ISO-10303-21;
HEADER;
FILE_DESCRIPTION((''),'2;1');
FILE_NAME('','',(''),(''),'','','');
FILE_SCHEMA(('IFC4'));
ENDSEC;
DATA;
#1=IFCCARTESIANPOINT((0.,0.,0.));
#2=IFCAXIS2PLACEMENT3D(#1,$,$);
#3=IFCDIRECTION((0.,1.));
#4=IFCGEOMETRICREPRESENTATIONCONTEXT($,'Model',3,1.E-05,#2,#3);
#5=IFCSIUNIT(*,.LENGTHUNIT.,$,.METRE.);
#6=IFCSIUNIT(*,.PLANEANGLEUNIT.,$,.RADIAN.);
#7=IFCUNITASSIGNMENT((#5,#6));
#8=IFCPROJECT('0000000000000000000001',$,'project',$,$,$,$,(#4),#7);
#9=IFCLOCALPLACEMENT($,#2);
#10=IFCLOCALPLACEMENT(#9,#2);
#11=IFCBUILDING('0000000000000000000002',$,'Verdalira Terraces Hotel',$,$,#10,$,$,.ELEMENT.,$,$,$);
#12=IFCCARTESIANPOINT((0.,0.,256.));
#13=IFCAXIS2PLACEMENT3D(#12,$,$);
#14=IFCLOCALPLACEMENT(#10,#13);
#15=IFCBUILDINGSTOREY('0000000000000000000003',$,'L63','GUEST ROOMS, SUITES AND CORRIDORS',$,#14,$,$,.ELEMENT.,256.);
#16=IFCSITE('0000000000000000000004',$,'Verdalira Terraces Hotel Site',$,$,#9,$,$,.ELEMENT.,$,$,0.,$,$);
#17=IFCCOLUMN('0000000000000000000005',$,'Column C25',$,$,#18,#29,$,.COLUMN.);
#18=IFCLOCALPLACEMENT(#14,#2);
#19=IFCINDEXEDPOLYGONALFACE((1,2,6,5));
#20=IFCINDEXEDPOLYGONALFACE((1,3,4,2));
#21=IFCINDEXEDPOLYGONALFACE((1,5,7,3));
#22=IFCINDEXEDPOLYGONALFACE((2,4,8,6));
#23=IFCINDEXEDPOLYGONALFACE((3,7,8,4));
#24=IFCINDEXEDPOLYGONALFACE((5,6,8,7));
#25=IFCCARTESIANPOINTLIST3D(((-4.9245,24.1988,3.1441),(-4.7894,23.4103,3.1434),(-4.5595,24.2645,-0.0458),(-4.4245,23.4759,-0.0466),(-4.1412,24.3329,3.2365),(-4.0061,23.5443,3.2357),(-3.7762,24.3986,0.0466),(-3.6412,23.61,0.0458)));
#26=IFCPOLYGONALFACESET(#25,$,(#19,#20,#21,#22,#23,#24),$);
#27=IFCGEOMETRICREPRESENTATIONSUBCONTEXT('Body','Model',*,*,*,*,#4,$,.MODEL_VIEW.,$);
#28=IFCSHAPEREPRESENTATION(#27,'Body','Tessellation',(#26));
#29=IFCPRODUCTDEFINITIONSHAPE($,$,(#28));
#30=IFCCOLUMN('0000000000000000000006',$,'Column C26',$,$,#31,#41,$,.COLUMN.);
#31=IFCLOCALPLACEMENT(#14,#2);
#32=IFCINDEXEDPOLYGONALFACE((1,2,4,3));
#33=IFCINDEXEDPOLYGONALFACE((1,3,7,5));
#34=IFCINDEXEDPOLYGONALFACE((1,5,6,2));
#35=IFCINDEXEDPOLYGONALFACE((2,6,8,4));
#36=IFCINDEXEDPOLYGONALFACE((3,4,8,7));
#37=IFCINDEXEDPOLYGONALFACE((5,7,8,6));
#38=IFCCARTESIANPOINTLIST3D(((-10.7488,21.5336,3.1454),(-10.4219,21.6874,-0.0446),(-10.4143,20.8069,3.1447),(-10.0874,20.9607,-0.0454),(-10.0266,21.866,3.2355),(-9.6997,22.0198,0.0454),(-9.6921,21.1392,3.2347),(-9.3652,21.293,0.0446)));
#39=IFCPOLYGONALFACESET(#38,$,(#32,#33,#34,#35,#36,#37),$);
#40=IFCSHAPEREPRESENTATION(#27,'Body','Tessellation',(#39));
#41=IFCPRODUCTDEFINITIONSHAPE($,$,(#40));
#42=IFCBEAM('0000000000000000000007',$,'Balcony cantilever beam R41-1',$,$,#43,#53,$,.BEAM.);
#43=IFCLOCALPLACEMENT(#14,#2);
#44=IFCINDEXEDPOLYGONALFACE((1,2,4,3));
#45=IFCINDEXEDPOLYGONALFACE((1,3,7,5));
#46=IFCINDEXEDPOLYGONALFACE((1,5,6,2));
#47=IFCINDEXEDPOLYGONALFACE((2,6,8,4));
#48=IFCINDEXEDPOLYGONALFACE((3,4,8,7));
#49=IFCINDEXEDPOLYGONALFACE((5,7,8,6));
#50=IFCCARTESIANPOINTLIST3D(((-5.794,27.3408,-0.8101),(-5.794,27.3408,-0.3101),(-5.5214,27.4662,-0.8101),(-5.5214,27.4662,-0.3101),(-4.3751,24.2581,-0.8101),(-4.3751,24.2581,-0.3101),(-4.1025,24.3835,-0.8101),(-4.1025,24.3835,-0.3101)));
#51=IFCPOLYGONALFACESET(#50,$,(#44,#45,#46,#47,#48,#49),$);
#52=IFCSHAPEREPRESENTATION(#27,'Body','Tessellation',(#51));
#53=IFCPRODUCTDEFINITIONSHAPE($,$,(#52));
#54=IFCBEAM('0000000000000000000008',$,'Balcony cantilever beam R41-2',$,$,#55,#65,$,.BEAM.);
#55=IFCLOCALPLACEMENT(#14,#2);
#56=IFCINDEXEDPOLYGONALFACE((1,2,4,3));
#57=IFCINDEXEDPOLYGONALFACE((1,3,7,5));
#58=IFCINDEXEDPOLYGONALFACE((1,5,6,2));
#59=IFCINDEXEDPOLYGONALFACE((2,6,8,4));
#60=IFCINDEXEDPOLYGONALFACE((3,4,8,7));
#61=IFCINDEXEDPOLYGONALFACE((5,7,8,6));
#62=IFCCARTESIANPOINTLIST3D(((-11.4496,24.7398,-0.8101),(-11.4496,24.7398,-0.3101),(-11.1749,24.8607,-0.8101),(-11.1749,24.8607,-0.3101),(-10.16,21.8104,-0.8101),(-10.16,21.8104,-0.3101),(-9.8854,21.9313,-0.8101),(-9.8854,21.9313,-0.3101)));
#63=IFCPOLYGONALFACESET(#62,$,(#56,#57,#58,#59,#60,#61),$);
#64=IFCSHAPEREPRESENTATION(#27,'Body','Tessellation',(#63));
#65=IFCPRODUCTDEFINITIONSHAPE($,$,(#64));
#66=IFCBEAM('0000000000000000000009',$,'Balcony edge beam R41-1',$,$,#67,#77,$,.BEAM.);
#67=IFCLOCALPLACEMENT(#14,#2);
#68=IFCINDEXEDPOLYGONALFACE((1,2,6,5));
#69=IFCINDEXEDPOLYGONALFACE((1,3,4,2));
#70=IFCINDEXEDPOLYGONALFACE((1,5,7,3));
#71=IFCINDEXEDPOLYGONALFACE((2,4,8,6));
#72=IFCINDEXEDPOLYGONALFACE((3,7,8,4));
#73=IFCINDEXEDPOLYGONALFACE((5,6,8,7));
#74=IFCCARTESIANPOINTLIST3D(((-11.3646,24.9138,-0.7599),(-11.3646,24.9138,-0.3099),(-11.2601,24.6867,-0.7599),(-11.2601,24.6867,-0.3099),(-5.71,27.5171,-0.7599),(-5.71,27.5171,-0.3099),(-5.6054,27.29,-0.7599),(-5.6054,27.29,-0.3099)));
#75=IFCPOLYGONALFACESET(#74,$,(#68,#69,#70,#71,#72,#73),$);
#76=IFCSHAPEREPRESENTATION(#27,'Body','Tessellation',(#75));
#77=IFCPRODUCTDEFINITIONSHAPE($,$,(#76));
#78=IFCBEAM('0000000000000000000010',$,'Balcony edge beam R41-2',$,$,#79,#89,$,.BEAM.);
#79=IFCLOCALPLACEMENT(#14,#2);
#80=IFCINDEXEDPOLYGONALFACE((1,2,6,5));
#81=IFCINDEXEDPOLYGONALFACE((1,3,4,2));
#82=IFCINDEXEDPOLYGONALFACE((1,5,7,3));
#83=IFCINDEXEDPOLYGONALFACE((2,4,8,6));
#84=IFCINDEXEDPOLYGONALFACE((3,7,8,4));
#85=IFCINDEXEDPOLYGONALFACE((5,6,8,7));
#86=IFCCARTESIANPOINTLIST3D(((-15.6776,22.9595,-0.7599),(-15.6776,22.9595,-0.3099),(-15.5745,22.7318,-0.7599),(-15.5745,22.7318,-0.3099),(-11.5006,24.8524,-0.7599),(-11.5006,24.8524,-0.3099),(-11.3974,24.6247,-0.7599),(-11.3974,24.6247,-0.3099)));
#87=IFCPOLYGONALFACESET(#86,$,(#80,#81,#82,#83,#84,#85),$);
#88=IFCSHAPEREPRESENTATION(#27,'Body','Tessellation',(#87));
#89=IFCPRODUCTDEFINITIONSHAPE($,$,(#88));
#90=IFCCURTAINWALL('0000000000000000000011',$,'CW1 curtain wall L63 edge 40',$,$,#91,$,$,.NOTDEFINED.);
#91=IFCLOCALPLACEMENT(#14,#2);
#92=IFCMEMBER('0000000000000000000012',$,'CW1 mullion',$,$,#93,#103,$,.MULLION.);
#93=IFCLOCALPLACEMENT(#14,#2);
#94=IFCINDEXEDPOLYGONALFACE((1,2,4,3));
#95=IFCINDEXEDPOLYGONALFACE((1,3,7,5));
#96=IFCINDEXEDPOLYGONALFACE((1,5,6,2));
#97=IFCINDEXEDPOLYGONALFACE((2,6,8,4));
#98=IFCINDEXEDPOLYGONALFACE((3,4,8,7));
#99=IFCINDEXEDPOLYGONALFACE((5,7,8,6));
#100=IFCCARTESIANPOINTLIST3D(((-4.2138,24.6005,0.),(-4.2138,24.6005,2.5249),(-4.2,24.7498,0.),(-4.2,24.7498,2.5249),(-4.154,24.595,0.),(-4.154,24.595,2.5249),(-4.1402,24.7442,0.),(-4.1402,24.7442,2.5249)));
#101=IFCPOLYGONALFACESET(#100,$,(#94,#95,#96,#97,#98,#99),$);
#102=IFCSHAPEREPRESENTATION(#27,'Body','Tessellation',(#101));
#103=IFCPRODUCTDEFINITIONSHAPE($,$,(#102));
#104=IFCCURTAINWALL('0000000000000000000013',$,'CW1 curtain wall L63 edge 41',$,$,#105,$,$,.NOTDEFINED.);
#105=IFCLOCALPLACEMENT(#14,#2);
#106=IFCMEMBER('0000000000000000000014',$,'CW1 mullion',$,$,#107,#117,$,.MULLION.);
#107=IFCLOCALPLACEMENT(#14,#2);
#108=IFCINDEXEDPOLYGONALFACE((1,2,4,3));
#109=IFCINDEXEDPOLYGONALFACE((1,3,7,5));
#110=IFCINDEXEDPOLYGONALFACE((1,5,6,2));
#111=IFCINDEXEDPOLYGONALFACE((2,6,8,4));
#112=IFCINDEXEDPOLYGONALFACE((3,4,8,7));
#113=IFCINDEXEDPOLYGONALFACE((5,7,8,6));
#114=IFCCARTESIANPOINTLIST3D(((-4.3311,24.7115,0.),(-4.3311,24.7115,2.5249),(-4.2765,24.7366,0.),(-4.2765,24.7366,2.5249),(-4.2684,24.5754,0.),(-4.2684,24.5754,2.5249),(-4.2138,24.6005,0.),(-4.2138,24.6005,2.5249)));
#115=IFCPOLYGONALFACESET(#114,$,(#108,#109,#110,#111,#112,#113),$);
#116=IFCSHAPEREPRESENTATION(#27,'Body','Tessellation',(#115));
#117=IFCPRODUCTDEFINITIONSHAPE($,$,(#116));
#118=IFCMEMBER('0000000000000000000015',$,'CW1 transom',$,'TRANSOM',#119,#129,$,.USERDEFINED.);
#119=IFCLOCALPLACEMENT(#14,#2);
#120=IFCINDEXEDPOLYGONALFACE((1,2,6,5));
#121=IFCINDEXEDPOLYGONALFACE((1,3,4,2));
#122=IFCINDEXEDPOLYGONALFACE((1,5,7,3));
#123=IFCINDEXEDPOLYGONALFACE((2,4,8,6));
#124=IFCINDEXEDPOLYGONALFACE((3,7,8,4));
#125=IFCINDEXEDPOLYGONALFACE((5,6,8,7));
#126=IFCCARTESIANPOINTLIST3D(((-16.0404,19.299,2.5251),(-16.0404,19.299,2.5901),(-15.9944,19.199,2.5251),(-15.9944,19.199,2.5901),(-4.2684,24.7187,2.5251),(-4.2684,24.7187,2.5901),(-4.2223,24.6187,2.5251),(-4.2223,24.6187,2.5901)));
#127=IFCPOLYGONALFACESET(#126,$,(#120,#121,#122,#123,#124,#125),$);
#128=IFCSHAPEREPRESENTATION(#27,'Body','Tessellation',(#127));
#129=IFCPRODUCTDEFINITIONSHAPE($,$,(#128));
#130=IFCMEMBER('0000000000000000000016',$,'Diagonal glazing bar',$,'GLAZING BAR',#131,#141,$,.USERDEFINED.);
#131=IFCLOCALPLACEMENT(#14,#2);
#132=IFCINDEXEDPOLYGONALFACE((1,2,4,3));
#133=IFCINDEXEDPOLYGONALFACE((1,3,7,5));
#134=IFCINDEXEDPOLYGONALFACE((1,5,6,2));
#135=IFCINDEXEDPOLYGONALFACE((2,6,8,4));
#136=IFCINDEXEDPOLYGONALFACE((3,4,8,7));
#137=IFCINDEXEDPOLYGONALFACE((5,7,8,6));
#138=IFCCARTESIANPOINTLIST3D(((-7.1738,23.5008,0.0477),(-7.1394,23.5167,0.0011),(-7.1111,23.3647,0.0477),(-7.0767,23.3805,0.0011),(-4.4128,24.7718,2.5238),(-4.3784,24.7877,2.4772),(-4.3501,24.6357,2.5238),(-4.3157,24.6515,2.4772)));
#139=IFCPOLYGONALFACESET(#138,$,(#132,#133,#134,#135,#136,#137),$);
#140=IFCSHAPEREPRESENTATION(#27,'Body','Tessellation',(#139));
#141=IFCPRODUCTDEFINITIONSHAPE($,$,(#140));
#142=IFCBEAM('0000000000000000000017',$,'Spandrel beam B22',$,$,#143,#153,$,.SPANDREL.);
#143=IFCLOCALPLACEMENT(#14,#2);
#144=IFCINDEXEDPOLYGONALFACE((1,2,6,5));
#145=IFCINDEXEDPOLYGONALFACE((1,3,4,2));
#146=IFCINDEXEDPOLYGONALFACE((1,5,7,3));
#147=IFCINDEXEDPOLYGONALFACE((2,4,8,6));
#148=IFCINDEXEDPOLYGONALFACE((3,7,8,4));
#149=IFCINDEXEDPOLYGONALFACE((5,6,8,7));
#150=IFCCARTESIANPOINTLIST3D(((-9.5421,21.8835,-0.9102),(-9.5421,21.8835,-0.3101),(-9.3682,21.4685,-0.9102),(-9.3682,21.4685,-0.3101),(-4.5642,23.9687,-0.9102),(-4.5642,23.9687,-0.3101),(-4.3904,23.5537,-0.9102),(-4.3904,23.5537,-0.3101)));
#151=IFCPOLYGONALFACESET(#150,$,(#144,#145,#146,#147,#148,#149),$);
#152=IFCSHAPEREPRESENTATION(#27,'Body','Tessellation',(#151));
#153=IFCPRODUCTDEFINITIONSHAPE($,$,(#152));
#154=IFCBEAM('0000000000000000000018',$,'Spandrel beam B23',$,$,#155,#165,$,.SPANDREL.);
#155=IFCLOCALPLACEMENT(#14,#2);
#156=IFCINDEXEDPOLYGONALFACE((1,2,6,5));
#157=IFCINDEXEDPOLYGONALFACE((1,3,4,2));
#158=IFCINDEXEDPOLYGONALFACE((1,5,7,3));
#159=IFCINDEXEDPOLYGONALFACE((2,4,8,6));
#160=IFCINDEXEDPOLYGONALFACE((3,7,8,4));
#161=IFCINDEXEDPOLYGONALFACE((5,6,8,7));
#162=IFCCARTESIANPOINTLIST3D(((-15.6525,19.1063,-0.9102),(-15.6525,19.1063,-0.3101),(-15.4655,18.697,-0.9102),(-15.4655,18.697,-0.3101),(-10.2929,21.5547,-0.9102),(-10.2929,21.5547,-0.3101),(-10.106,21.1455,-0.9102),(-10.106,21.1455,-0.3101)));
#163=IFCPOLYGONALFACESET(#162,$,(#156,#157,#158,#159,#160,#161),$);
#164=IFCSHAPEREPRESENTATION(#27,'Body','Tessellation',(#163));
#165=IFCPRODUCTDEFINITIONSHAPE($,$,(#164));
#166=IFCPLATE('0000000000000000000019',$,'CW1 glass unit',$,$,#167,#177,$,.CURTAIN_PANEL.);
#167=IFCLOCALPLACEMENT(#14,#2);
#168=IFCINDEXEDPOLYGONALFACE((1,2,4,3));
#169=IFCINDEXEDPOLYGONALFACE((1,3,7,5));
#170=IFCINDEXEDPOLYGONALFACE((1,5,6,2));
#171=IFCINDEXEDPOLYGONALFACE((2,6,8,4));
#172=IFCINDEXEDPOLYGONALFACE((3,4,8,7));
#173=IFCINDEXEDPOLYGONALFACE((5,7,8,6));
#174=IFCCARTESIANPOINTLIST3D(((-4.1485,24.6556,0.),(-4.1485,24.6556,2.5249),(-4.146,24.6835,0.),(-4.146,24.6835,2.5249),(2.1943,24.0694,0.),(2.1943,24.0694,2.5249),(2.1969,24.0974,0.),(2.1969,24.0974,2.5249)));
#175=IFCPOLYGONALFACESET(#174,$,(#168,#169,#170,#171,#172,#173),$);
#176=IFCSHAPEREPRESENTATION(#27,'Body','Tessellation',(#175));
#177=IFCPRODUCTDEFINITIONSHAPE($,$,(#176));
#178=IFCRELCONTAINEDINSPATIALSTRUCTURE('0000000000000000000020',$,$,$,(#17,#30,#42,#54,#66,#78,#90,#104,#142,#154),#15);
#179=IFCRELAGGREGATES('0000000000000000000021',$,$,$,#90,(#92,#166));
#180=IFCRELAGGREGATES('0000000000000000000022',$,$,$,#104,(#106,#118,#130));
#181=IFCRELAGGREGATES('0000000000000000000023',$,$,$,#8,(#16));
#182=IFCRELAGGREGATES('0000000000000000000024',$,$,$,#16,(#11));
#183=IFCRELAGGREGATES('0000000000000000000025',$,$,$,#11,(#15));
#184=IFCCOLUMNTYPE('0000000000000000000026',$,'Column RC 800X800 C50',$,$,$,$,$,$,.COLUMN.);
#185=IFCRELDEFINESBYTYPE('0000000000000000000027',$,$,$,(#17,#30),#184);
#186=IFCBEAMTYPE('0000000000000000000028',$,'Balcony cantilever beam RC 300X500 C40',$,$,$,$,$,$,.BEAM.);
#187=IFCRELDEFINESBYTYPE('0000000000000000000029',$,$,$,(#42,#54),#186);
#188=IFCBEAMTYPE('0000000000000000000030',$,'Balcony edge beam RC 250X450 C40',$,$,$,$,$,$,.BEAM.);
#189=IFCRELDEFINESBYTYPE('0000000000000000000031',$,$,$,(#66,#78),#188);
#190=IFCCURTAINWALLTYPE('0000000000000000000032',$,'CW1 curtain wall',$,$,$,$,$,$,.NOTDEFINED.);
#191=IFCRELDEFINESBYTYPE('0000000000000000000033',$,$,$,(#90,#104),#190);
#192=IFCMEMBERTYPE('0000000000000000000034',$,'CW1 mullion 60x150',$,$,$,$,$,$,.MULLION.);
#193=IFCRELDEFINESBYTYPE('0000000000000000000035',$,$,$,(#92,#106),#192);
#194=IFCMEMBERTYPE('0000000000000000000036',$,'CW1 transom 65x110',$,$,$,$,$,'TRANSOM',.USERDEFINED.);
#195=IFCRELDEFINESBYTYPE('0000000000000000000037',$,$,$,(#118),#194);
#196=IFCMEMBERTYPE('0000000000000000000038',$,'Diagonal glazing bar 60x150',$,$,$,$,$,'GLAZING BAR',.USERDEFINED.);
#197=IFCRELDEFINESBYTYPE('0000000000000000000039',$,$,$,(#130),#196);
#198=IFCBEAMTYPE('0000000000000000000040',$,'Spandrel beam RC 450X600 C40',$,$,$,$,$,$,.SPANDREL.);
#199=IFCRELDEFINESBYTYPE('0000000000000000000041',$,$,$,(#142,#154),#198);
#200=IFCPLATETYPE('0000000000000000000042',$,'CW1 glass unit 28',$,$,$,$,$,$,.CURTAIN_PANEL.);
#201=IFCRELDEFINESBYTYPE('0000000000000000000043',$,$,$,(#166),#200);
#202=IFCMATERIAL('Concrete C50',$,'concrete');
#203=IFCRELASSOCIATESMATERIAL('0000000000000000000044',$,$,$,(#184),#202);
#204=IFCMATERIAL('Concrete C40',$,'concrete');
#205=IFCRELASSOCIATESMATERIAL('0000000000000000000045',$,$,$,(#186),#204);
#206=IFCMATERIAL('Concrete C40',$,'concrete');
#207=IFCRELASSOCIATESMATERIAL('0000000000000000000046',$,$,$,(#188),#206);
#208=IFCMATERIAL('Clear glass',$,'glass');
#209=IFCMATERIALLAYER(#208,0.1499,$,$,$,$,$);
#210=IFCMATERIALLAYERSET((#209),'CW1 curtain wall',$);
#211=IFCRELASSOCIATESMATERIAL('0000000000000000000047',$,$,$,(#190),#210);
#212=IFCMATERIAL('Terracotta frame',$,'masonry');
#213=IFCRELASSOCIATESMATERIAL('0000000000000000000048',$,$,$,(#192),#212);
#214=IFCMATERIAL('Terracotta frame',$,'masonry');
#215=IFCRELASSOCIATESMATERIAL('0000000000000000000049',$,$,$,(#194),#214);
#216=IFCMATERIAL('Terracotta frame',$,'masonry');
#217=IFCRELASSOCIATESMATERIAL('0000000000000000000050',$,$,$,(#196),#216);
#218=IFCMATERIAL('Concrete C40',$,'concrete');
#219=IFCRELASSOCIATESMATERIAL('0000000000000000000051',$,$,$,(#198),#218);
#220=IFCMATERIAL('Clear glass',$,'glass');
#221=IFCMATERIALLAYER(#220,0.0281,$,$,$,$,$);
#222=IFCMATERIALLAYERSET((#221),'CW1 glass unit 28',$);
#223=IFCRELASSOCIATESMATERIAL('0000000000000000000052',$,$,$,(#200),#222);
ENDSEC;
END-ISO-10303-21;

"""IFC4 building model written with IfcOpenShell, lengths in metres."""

from ifc_helpers import new_model, si_unit, direction, frame, origin, origin_2d, place, context, subcontext, project, spatial, rectangle, extrude, material, layer, layer_set, material_profile, profile_set, type_object, element, aggregate, save


model = new_model("IFC4")

# Units and contexts
model_context = context("Model", 3, precision=1e-05, world=origin(), true_north=direction((0.0, 1.0)))
body_context = subcontext(model_context, "Body", "Model", "MODEL_VIEW")
ifc_project = project(units=[si_unit("LENGTHUNIT", "METRE"), si_unit("PLANEANGLEUNIT", "RADIAN")], contexts=[model_context])

# Site, building, storey
site_placement = place(None, origin())
site = spatial("IfcSite", under=ifc_project, at=site_placement, Name="Verdalira Terraces Hotel Site", CompositionType="ELEMENT", RefElevation=0.0)
building_placement = place(site_placement, origin())
building = spatial("IfcBuilding", under=site, at=building_placement, Name="Verdalira Terraces Hotel", CompositionType="ELEMENT")
storey_placement = place(building_placement, frame((0.0, 0.0, 256.0)))
storey = spatial("IfcBuildingStorey", under=building, at=storey_placement, Name="L63", Description="GUEST ROOMS, SUITES AND CORRIDORS", CompositionType="ELEMENT", Elevation=256.0)

# Columns
ifc_material_1 = material(Name="Concrete C50", Category="concrete")
ifc_material_profile_1 = material_profile(ifc_material_1, rectangle(XDim=0.8, YDim=0.8, at=origin_2d()), Name="RC 800X800")
ifc_profile_set_1 = profile_set([ifc_material_profile_1], Name="Concrete C50")
column_type = type_object("IfcColumnType", Name="Column RC 800X800 C50", PredefinedType="COLUMN", material=ifc_profile_set_1)
column_1_placement = place(storey_placement, frame((-4.1003, 23.9373, 0.0), z_axis=(-0.113654, -0.02045, 0.99331), x_axis=(0.979069, 0.167598, 0.115475)))
element("IfcColumn", 1, at=column_1_placement, inside=storey, type_object=column_type, Name="Column C25", PredefinedType="COLUMN", context=body_context, shape_type="SweptSolid", body=[
    extrude(rectangle(XDim=0.8, YDim=0.8, at=origin_2d()), origin(), (0.0, 0.0, 1.0), 3.2114),
])
column_2_placement = place(storey_placement, frame((-9.8936, 21.4902, 0.0), z_axis=(-0.101829, -0.04791, 0.993648), x_axis=(-0.902659, -0.415383, -0.112533)))
element("IfcColumn", 2, at=column_2_placement, inside=storey, type_object=column_type, Name="Column C26", PredefinedType="COLUMN", context=body_context, shape_type="SweptSolid", body=[
    extrude(rectangle(XDim=0.8, YDim=0.8, at=origin_2d()), origin(), (0.0, 0.0, 1.0), 3.2104),
])

# Beams
ifc_material_2 = material(Name="Concrete C40", Category="concrete")
ifc_material_profile_2 = material_profile(ifc_material_2, rectangle(XDim=0.3, YDim=0.5, at=origin_2d()), Name="RC 300X500")
ifc_profile_set_2 = profile_set([ifc_material_profile_2], Name="Concrete C40")
beam_type_1 = type_object("IfcBeamType", Name="Balcony cantilever beam RC 300X500 C40", PredefinedType="BEAM", material=ifc_profile_set_2)
beam_1_placement = place(storey_placement, frame((-4.2388, 24.3208, -0.5601), z_axis=(-0.418118, 0.908393, 0.0), x_axis=(-0.908393, -0.418118, 0.0)))
element("IfcBeam", 3, at=beam_1_placement, inside=storey, type_object=beam_type_1, Name="Balcony cantilever beam R41-1", PredefinedType="BEAM", context=body_context, shape_type="SweptSolid", body=[
    extrude(rectangle(XDim=0.3, YDim=0.5, at=origin_2d()), origin(), (0.0, 0.0, 1.0), 3.3936),
])
beam_2_placement = place(storey_placement, frame((-10.0227, 21.8709, -0.5601), z_axis=(-0.402895, 0.915246, 0.0), x_axis=(-0.915246, -0.402895, 0.0)))
element("IfcBeam", 4, at=beam_2_placement, inside=storey, type_object=beam_type_1, Name="Balcony cantilever beam R41-2", PredefinedType="BEAM", context=body_context, shape_type="SweptSolid", body=[
    extrude(rectangle(XDim=0.3, YDim=0.5, at=origin_2d()), origin(), (0.0, 0.0, 1.0), 3.2007),
])
ifc_material_3 = material(Name="Concrete C40", Category="concrete")
ifc_material_profile_3 = material_profile(ifc_material_3, rectangle(XDim=0.25, YDim=0.45, at=origin_2d()), Name="RC 250X450")
ifc_profile_set_3 = profile_set([ifc_material_profile_3], Name="Concrete C40")
beam_type_2 = type_object("IfcBeamType", Name="Balcony edge beam RC 250X450 C40", PredefinedType="BEAM", material=ifc_profile_set_3)
beam_3_placement = place(storey_placement, frame((-5.6577, 27.4036, -0.5349), z_axis=(-0.908357, -0.418195, 0.0), x_axis=(0.418195, -0.908357, 0.0)))
element("IfcBeam", 5, at=beam_3_placement, inside=storey, type_object=beam_type_2, Name="Balcony edge beam R41-1", PredefinedType="BEAM", context=body_context, shape_type="SweptSolid", body=[
    extrude(rectangle(XDim=0.25, YDim=0.45, at=origin_2d()), origin(), (0.0, 0.0, 1.0), 6.2251),
])
beam_4_placement = place(storey_placement, frame((-11.449, 24.7385, -0.5349), z_axis=(-0.910844, -0.412752, 0.0), x_axis=(0.412752, -0.910844, 0.0)))
element("IfcBeam", 6, at=beam_4_placement, inside=storey, type_object=beam_type_2, Name="Balcony edge beam R41-2", PredefinedType="BEAM", context=body_context, shape_type="SweptSolid", body=[
    extrude(rectangle(XDim=0.25, YDim=0.45, at=origin_2d()), origin(), (0.0, 0.0, 1.0), 4.5859),
])

# Curtain wall, member
ifc_material_4 = material(Name="Clear glass", Category="glass")
ifc_layer_1 = layer(ifc_material_4, 0.1499)
ifc_layer_set_1 = layer_set([ifc_layer_1], Name="CW1 curtain wall")
curtain_wall_type_1 = type_object("IfcCurtainWallType", Name="CW1 curtain wall", PredefinedType="NOTDEFINED", material=ifc_layer_set_1)
curtain_wall_1_placement = place(storey_placement, origin())
curtain_wall_1 = element("IfcCurtainWall", 7, at=curtain_wall_1_placement, inside=storey, type_object=curtain_wall_type_1, Name="CW1 curtain wall L63 edge 40", PredefinedType="NOTDEFINED")
ifc_material_5 = material(Name="Terracotta frame", Category="masonry")
ifc_material_profile_4 = material_profile(ifc_material_5, rectangle(XDim=0.0601, YDim=0.1499, at=origin_2d()), Name="MU 60x150")
ifc_profile_set_4 = profile_set([ifc_material_profile_4], Name="Terracotta frame")
member_type_1 = type_object("IfcMemberType", Name="CW1 mullion 60x150", PredefinedType="MULLION", material=ifc_profile_set_4)
member_1_placement = place(storey_placement, frame((-4.177, 24.6724, 0.0), z_axis=(0.0, 0.0, 1.0), x_axis=(-0.995757, 0.092023, 0.0)))
member_1 = element("IfcMember", 8, at=member_1_placement, type_object=member_type_1, Name="CW1 mullion", PredefinedType="MULLION", context=body_context, shape_type="SweptSolid", body=[
    extrude(rectangle(XDim=0.0601, YDim=0.1499, at=origin_2d()), origin(), (0.0, 0.0, 1.0), 2.5249),
])

# Curtain wall, members
curtain_wall_2_placement = place(storey_placement, origin())
curtain_wall_2 = element("IfcCurtainWall", 9, at=curtain_wall_2_placement, inside=storey, type_object=curtain_wall_type_1, Name="CW1 curtain wall L63 edge 41", PredefinedType="NOTDEFINED")
member_2_placement = place(storey_placement, frame((-4.2725, 24.656, 0.0), z_axis=(0.0, 0.0, 1.0), x_axis=(-0.908362, -0.418184, 0.0)))
member_2 = element("IfcMember", 10, at=member_2_placement, type_object=member_type_1, Name="CW1 mullion", PredefinedType="MULLION", context=body_context, shape_type="SweptSolid", body=[
    extrude(rectangle(XDim=0.0601, YDim=0.1499, at=origin_2d()), origin(), (0.0, 0.0, 1.0), 2.5249),
])
ifc_material_6 = material(Name="Terracotta frame", Category="masonry")
ifc_material_profile_5 = material_profile(ifc_material_6, rectangle(XDim=0.1101, YDim=0.0649, at=origin_2d()), Name="TR 65x110")
ifc_profile_set_5 = profile_set([ifc_material_profile_5], Name="Terracotta frame")
member_type_2 = type_object("IfcMemberType", Name="CW1 transom 65x110", ElementType="TRANSOM", PredefinedType="USERDEFINED", material=ifc_profile_set_5)
member_3_placement = place(storey_placement, frame((-4.2454, 24.6687, 2.5576), z_axis=(-0.908357, -0.418197, 0.0), x_axis=(0.418197, -0.908357, 0.0)))
member_3 = element("IfcMember", 11, at=member_3_placement, type_object=member_type_2, Name="CW1 transom", ObjectType="TRANSOM", PredefinedType="USERDEFINED", context=body_context, shape_type="SweptSolid", body=[
    extrude(rectangle(XDim=0.1101, YDim=0.0649, at=origin_2d()), origin(), (0.0, 0.0, 1.0), 12.9597),
])
ifc_material_7 = material(Name="Terracotta frame", Category="masonry")
ifc_material_profile_6 = material_profile(ifc_material_7, rectangle(XDim=0.1499, YDim=0.0601, at=origin_2d()), Name="GB 60x150")
ifc_profile_set_6 = profile_set([ifc_material_profile_6], Name="Terracotta frame")
member_type_3 = type_object("IfcMemberType", Name="Diagonal glazing bar 60x150", ElementType="GLAZING BAR", PredefinedType="USERDEFINED", material=ifc_profile_set_6)
member_4_placement = place(storey_placement, frame((-4.3643, 24.7117, 2.5005), z_axis=(-0.704264, -0.324202, -0.63159), x_axis=(0.418161, -0.908373, 0.0)))
member_4 = element("IfcMember", 12, at=member_4_placement, type_object=member_type_3, Name="Diagonal glazing bar", ObjectType="GLAZING BAR", PredefinedType="USERDEFINED", context=body_context, shape_type="SweptSolid", body=[
    extrude(rectangle(XDim=0.1499, YDim=0.0601, at=origin_2d()), origin(), (0.0, 0.0, 1.0), 3.9204),
])

# Beams
ifc_material_8 = material(Name="Concrete C40", Category="concrete")
ifc_material_profile_7 = material_profile(ifc_material_8, rectangle(XDim=0.45, YDim=0.6001, at=origin_2d()), Name="RC 450X600")
ifc_profile_set_7 = profile_set([ifc_material_profile_7], Name="Concrete C40")
beam_type_3 = type_object("IfcBeamType", Name="Spandrel beam RC 450X600 C40", PredefinedType="SPANDREL", material=ifc_profile_set_7)
beam_5_placement = place(storey_placement, frame((-4.4773, 23.7612, -0.6101), z_axis=(-0.922343, -0.386372, 0.0), x_axis=(0.386372, -0.922343, 0.0)))
element("IfcBeam", 13, at=beam_5_placement, inside=storey, type_object=beam_type_3, Name="Spandrel beam B22", PredefinedType="SPANDREL", context=body_context, shape_type="SweptSolid", body=[
    extrude(rectangle(XDim=0.45, YDim=0.6001, at=origin_2d()), origin(), (0.0, 0.0, 1.0), 5.397),
])
beam_6_placement = place(storey_placement, frame((-10.1995, 21.3501, -0.6101), z_axis=(-0.909579, -0.415532, 0.0), x_axis=(0.415532, -0.909579, 0.0)))
element("IfcBeam", 14, at=beam_6_placement, inside=storey, type_object=beam_type_3, Name="Spandrel beam B23", PredefinedType="SPANDREL", context=body_context, shape_type="SweptSolid", body=[
    extrude(rectangle(XDim=0.45, YDim=0.6001, at=origin_2d()), origin(), (0.0, 0.0, 1.0), 5.8923),
])

# Plate
ifc_material_9 = material(Name="Clear glass", Category="glass")
ifc_layer_2 = layer(ifc_material_9, 0.0281)
ifc_layer_set_2 = layer_set([ifc_layer_2], Name="CW1 glass unit 28")
plate_type_1 = type_object("IfcPlateType", Name="CW1 glass unit 28", PredefinedType="CURTAIN_PANEL", material=ifc_layer_set_2)
plate_1_placement = place(storey_placement, frame((-0.9758, 24.3765, 0.0), z_axis=(0.0, 0.0, 1.0), x_axis=(-0.995757, 0.092023, 0.0)))
plate_1 = element("IfcPlate", 15, at=plate_1_placement, type_object=plate_type_1, Name="CW1 glass unit", PredefinedType="CURTAIN_PANEL", context=body_context, shape_type="SweptSolid", body=[
    extrude(rectangle(XDim=6.3699, YDim=0.0281, at=origin_2d()), origin(), (0.0, 0.0, 1.0), 2.5249),
])
aggregate(curtain_wall_1, [member_1, plate_1])
aggregate(curtain_wall_2, [member_2, member_3, member_4])

save(model, "model.ifc")
